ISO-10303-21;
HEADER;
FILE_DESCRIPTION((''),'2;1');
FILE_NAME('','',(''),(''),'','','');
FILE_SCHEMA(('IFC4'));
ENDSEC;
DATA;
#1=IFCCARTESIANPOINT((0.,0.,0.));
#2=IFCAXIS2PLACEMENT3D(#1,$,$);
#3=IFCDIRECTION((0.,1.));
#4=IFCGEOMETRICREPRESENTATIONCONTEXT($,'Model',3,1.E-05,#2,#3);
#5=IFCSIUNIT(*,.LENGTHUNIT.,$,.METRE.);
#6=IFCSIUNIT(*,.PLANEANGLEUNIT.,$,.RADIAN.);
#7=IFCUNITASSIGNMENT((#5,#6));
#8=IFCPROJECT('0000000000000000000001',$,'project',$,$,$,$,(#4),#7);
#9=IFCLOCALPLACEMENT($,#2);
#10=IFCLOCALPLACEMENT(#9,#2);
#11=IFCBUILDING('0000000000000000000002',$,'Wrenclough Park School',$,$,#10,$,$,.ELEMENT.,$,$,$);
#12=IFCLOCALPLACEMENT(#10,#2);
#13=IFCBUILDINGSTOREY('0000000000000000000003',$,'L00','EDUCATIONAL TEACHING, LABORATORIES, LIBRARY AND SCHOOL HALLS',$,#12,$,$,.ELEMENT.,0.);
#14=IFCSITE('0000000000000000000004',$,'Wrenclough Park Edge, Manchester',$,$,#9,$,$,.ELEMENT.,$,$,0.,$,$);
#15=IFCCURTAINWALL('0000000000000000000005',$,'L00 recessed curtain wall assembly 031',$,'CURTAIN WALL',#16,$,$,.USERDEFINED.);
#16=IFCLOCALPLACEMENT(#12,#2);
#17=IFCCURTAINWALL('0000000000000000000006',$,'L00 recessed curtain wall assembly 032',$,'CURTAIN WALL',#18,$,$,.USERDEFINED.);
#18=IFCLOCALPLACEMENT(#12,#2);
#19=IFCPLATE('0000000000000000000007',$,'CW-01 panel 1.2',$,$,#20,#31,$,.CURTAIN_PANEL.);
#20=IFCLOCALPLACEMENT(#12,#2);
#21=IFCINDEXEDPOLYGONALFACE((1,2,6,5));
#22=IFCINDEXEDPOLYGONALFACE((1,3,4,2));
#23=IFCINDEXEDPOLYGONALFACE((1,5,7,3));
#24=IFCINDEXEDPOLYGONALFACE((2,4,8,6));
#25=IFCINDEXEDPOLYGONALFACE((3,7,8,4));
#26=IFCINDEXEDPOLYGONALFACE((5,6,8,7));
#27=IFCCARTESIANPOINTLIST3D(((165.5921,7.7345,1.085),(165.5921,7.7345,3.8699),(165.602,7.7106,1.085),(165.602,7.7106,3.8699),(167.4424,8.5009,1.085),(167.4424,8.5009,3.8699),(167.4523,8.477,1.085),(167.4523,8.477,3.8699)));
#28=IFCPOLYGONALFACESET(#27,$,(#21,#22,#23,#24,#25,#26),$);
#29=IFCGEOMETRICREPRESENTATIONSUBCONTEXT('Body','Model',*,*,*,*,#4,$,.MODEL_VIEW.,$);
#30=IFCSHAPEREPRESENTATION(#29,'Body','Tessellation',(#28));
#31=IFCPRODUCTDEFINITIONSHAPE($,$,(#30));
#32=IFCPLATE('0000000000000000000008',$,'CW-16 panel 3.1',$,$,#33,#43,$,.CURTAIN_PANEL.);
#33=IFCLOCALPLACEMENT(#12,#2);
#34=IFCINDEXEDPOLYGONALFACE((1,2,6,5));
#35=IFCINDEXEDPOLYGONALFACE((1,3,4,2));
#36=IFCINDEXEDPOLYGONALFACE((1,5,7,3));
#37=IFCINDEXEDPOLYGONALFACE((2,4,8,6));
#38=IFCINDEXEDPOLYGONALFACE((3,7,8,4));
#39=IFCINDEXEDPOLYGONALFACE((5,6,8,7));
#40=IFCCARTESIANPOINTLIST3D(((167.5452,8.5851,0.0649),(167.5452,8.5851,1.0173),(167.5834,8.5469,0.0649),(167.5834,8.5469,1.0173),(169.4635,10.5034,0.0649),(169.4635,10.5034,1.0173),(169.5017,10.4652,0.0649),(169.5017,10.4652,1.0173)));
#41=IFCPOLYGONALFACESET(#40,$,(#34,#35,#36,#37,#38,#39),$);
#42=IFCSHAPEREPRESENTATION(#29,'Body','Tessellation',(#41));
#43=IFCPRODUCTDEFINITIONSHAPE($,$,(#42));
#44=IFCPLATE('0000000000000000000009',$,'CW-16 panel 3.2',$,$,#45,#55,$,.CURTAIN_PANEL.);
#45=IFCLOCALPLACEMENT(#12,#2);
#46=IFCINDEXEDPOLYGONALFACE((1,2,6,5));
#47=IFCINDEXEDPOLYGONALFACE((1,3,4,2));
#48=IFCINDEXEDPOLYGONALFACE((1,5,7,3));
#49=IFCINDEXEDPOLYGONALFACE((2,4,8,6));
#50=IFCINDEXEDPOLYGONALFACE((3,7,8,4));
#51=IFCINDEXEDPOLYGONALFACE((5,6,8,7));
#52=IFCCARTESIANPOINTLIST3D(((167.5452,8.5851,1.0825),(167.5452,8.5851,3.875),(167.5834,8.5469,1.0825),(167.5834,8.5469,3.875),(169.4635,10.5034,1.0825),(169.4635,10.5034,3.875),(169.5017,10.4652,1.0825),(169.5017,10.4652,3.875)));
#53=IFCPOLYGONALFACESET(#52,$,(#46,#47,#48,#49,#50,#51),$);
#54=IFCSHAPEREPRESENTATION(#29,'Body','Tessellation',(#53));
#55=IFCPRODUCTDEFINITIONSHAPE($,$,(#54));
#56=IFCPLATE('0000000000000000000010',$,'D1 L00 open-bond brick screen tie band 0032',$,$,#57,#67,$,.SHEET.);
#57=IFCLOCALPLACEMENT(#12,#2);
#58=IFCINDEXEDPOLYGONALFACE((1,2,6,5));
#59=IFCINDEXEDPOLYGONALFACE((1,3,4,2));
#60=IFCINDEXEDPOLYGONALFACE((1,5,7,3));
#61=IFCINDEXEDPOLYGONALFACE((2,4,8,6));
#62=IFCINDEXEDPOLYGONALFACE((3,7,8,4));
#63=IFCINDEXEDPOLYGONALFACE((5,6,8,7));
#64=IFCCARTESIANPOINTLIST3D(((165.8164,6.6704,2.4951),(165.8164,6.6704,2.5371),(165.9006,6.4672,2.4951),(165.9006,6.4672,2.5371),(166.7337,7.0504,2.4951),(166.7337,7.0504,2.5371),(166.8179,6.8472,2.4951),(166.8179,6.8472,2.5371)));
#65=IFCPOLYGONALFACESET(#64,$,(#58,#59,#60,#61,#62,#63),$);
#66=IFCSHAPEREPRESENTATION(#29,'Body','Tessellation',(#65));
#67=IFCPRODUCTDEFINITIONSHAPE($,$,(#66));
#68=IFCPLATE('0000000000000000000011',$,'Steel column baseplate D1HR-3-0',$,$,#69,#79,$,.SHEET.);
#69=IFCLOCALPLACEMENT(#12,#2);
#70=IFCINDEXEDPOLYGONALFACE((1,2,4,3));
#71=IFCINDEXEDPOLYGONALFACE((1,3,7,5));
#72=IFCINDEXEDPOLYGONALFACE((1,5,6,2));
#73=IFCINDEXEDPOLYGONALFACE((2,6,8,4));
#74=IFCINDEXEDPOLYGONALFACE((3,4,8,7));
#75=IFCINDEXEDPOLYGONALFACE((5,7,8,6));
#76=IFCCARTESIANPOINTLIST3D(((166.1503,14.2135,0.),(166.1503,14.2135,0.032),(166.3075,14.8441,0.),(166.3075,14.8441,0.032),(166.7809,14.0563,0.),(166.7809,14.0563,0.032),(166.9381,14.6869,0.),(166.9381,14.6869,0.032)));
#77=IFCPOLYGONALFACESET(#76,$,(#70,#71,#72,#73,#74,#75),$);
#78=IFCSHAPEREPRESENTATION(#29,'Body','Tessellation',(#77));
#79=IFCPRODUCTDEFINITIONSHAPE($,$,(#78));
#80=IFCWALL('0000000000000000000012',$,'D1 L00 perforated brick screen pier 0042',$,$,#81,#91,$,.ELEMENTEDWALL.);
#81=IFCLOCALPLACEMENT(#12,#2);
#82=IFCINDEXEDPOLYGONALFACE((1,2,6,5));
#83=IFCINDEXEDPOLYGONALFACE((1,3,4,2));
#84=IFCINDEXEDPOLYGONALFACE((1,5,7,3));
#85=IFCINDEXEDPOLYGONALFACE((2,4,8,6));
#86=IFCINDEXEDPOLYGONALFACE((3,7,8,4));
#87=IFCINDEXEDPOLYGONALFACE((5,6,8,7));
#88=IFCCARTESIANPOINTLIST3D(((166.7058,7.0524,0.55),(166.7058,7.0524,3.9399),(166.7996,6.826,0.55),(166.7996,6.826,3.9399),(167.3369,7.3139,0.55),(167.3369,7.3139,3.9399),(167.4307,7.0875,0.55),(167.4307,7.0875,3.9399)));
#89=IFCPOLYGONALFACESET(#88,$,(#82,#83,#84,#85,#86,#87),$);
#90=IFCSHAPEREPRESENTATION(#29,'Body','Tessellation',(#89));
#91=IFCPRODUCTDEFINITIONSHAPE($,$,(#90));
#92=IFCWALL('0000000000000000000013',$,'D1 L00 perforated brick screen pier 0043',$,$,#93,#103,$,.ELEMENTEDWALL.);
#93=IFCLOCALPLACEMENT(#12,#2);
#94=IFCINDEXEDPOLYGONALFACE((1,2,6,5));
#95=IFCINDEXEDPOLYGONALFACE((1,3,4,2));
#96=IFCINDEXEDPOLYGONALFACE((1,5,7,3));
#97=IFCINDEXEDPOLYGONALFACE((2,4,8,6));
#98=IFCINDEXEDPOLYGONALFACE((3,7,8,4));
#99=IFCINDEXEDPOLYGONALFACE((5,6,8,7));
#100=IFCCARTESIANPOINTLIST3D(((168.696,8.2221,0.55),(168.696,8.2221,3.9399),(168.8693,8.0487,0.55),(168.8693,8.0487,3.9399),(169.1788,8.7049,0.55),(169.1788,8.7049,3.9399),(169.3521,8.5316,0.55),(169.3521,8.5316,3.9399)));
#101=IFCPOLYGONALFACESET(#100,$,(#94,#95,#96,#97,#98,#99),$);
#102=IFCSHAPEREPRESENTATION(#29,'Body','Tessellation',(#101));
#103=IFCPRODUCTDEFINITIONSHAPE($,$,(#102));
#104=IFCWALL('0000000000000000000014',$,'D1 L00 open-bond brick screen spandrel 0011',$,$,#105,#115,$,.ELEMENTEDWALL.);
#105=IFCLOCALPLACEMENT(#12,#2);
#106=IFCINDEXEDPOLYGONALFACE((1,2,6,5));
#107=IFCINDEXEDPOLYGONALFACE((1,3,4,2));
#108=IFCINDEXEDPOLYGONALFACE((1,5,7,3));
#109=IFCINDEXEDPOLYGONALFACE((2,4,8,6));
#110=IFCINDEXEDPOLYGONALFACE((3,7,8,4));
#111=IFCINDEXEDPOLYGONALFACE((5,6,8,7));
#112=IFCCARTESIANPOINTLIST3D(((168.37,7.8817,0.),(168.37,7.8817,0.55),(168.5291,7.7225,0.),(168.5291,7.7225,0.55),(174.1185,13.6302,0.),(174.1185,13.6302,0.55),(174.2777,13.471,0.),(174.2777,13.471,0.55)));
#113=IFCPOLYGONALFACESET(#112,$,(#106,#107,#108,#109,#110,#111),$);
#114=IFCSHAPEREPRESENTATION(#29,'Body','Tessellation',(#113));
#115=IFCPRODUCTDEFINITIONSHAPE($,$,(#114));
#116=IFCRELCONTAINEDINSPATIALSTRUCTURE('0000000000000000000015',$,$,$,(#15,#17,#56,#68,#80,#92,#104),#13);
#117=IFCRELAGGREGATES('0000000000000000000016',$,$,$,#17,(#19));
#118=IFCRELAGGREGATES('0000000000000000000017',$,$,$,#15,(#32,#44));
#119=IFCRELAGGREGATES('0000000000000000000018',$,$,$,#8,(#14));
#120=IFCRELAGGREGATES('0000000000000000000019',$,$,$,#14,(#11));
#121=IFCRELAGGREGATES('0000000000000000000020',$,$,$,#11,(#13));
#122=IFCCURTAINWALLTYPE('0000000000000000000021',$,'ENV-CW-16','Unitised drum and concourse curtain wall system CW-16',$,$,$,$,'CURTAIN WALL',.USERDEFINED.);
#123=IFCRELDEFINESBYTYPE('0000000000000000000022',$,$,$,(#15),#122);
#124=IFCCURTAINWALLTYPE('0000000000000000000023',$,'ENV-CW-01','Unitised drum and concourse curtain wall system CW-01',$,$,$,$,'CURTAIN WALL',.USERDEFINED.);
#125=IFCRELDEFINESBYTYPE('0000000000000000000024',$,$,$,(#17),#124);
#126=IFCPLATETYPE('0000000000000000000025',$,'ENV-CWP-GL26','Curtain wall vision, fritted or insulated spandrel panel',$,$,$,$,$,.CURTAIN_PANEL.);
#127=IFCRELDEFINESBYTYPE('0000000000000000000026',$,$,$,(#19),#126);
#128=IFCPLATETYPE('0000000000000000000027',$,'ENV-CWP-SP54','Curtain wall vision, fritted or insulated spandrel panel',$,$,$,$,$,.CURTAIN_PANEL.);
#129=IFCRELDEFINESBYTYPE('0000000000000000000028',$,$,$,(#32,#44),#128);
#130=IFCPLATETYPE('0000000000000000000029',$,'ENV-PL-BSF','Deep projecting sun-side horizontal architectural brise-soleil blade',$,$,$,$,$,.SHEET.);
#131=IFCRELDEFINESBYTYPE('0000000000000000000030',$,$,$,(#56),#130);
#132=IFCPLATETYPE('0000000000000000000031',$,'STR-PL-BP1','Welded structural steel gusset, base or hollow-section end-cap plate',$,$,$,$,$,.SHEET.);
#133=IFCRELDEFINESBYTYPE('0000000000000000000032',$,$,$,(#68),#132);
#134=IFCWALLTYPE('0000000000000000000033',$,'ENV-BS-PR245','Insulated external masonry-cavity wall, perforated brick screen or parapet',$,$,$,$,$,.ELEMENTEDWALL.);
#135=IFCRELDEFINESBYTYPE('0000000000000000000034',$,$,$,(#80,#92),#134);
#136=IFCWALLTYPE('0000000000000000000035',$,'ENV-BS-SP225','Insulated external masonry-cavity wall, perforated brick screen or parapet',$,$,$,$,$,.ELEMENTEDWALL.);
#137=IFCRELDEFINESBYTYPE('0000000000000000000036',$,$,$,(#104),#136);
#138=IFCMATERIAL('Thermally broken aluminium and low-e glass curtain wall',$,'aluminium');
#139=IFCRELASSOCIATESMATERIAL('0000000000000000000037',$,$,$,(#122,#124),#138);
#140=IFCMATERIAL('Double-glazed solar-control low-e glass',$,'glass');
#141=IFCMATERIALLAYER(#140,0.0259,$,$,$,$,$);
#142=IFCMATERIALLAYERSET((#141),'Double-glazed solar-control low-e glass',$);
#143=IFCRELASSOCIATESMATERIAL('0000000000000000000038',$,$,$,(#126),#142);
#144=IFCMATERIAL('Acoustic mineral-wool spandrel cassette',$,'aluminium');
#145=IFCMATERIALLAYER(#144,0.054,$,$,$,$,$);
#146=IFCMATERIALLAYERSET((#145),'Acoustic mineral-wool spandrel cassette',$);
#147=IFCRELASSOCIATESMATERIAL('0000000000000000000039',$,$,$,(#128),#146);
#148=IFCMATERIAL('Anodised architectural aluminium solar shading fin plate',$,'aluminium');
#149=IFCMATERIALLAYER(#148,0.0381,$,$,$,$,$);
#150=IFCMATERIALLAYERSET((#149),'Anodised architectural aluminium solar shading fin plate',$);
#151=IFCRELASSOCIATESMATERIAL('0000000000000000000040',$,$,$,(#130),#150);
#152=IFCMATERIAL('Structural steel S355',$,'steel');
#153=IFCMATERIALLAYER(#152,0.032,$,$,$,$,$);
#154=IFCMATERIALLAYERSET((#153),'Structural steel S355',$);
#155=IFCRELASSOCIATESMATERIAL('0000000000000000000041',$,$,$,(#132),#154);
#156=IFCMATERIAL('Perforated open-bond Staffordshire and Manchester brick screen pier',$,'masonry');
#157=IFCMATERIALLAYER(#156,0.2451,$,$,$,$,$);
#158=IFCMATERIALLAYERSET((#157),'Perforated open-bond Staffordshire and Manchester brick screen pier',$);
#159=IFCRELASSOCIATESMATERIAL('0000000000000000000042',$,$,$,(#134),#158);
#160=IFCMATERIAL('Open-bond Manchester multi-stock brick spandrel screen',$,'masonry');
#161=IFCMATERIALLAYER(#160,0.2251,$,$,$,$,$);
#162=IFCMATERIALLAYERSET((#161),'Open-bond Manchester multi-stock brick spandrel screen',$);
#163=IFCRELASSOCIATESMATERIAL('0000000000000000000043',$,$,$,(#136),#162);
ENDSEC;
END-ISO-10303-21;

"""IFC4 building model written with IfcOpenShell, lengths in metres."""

from ifc_helpers import new_model, si_unit, direction, frame, frame_2d, origin, origin_2d, place, context, subcontext, project, spatial, rectangle, extrude, material, layer, layer_set, type_object, element, aggregate, save


model = new_model("IFC4")

# Units and contexts
model_context = context("Model", 3, precision=1e-05, world=origin(), true_north=direction((0.0, 1.0)))
body_context = subcontext(model_context, "Body", "Model", "MODEL_VIEW")
ifc_project = project(units=[si_unit("LENGTHUNIT", "METRE"), si_unit("PLANEANGLEUNIT", "RADIAN")], contexts=[model_context])

# Site, building, storey
site_placement = place(None, origin())
site = spatial("IfcSite", under=ifc_project, at=site_placement, Name="Wrenclough Park Edge, Manchester", CompositionType="ELEMENT", RefElevation=0.0)
building_placement = place(site_placement, origin())
building = spatial("IfcBuilding", under=site, at=building_placement, Name="Wrenclough Park School", CompositionType="ELEMENT")
storey_placement = place(building_placement, origin())
storey = spatial("IfcBuildingStorey", under=building, at=storey_placement, Name="L00", Description="EDUCATIONAL TEACHING, LABORATORIES, LIBRARY AND SCHOOL HALLS", CompositionType="ELEMENT", Elevation=0.0)

# Shared definitions
ifc_material_1 = material(Name="Structural steel S355", Category="steel")

# Curtain wall
ifc_material_2 = material(Name="Thermally broken aluminium and low-e glass curtain wall", Category="aluminium")
curtain_wall_type_1 = type_object("IfcCurtainWallType", Name="ENV-CW-16", Description="Unitised drum and concourse curtain wall system CW-16", ElementType="CURTAIN WALL", PredefinedType="USERDEFINED", material=ifc_material_2)
curtain_wall_1_placement = place(storey_placement, origin())
curtain_wall_1 = element("IfcCurtainWall", 1, at=curtain_wall_1_placement, inside=storey, type_object=curtain_wall_type_1, Name="L00 recessed curtain wall assembly 031", ObjectType="CURTAIN WALL", PredefinedType="USERDEFINED")

# Curtain wall
curtain_wall_type_2 = type_object("IfcCurtainWallType", Name="ENV-CW-01", Description="Unitised drum and concourse curtain wall system CW-01", ElementType="CURTAIN WALL", PredefinedType="USERDEFINED", material=ifc_material_2)
curtain_wall_2_placement = place(storey_placement, origin())
curtain_wall_2 = element("IfcCurtainWall", 2, at=curtain_wall_2_placement, inside=storey, type_object=curtain_wall_type_2, Name="L00 recessed curtain wall assembly 032", ObjectType="CURTAIN WALL", PredefinedType="USERDEFINED")

# Plates
ifc_material_3 = material(Name="Double-glazed solar-control low-e glass", Category="glass")
ifc_layer_1 = layer(ifc_material_3, 0.0259)
ifc_layer_set_1 = layer_set([ifc_layer_1], Name="Double-glazed solar-control low-e glass")
plate_type_1 = type_object("IfcPlateType", Name="ENV-CWP-GL26", Description="Curtain wall vision, fritted or insulated spandrel panel", PredefinedType="CURTAIN_PANEL", material=ifc_layer_set_1)
plate_1_placement = place(storey_placement, frame((166.5222, 8.1057, 1.085), z_axis=(0.0, 0.0, 1.0), x_axis=(-0.923878, -0.382687, 0.0)))
plate_1 = element("IfcPlate", 3, at=plate_1_placement, type_object=plate_type_1, Name="CW-01 panel 1.2", PredefinedType="CURTAIN_PANEL", context=body_context, shape_type="SweptSolid", body=[
    extrude(rectangle(XDim=2.0027, YDim=0.0259, at=origin_2d()), origin(), (0.0, 0.0, 1.0), 2.7849),
])
aggregate(curtain_wall_2, [plate_1])
ifc_material_4 = material(Name="Acoustic mineral-wool spandrel cassette", Category="aluminium")
ifc_layer_2 = layer(ifc_material_4, 0.054)
ifc_layer_set_2 = layer_set([ifc_layer_2], Name="Acoustic mineral-wool spandrel cassette")
plate_type_2 = type_object("IfcPlateType", Name="ENV-CWP-SP54", Description="Curtain wall vision, fritted or insulated spandrel panel", PredefinedType="CURTAIN_PANEL", material=ifc_layer_set_2)
plate_2_placement = place(storey_placement, frame((168.5234, 9.5251, 0.0649), z_axis=(0.0, 0.0, 1.0), x_axis=(-0.707107, -0.707107, 0.0)))
plate_2 = element("IfcPlate", 4, at=plate_2_placement, type_object=plate_type_2, Name="CW-16 panel 3.1", PredefinedType="CURTAIN_PANEL", context=body_context, shape_type="SweptSolid", body=[
    extrude(rectangle(XDim=2.7129, YDim=0.054, at=origin_2d()), origin(), (0.0, 0.0, 1.0), 0.9524),
])
plate_3_placement = place(storey_placement, frame((168.5234, 9.5251, 1.0825), z_axis=(0.0, 0.0, 1.0), x_axis=(-0.707107, -0.707107, 0.0)))
plate_3 = element("IfcPlate", 5, at=plate_3_placement, type_object=plate_type_2, Name="CW-16 panel 3.2", PredefinedType="CURTAIN_PANEL", context=body_context, shape_type="SweptSolid", body=[
    extrude(rectangle(XDim=2.7129, YDim=0.054, at=origin_2d()), origin(), (0.0, 0.0, 1.0), 2.7925),
])
aggregate(curtain_wall_1, [plate_2, plate_3])

# Plates
ifc_material_5 = material(Name="Anodised architectural aluminium solar shading fin plate", Category="aluminium")
ifc_layer_3 = layer(ifc_material_5, 0.0381)
ifc_layer_set_3 = layer_set([ifc_layer_3], Name="Anodised architectural aluminium solar shading fin plate")
plate_type_3 = type_object("IfcPlateType", Name="ENV-PL-BSF", Description="Deep projecting sun-side horizontal architectural brise-soleil blade", PredefinedType="SHEET", material=ifc_layer_set_3)
plate_4_placement = place(storey_placement, frame((166.3171, 6.7588, 2.4951), z_axis=(0.0, 0.0, 1.0), x_axis=(0.923876, 0.382692, 0.0)))
element("IfcPlate", 6, at=plate_4_placement, inside=storey, type_object=plate_type_3, Name="D1 L00 open-bond brick screen tie band 0032", PredefinedType="SHEET", context=body_context, shape_type="SweptSolid", body=[
    extrude(rectangle(XDim=0.9929, YDim=0.22, at=origin_2d()), origin(), (0.0, 0.0, 1.0), 0.042),
])
ifc_layer_4 = layer(ifc_material_1, 0.032)
ifc_layer_set_4 = layer_set([ifc_layer_4], Name="Structural steel S355")
plate_type_4 = type_object("IfcPlateType", Name="STR-PL-BP1", Description="Welded structural steel gusset, base or hollow-section end-cap plate", PredefinedType="SHEET", material=ifc_layer_set_4)
plate_5_placement = place(storey_placement, frame((166.5442, 14.4502, 0.0), z_axis=(0.0, 0.0, 1.0), x_axis=(0.970296, -0.241922, 0.0)))
element("IfcPlate", 7, at=plate_5_placement, inside=storey, type_object=plate_type_4, Name="Steel column baseplate D1HR-3-0", PredefinedType="SHEET", context=body_context, shape_type="SweptSolid", body=[
    extrude(rectangle(XDim=0.6499, YDim=0.6499, at=origin_2d()), origin(), (0.0, 0.0, 1.0), 0.032),
])

# Walls
ifc_material_6 = material(Name="Perforated open-bond Staffordshire and Manchester brick screen pier", Category="masonry")
ifc_layer_5 = layer(ifc_material_6, 0.2451)
ifc_layer_set_5 = layer_set([ifc_layer_5], Name="Perforated open-bond Staffordshire and Manchester brick screen pier")
wall_type_1 = type_object("IfcWallType", Name="ENV-BS-PR245", Description="Insulated external masonry-cavity wall, perforated brick screen or parapet", PredefinedType="ELEMENTEDWALL", material=ifc_layer_set_5)
wall_1_placement = place(storey_placement, frame((166.7527, 6.9392, 0.55), z_axis=(0.0, 0.0, 1.0), x_axis=(0.923847, 0.382762, 0.0)))
element("IfcWall", 8, at=wall_1_placement, inside=storey, type_object=wall_type_1, Name="D1 L00 perforated brick screen pier 0042", PredefinedType="ELEMENTEDWALL", context=body_context, shape_type="SweptSolid", body=[
    extrude(rectangle(XDim=0.6831, YDim=0.2451, at=frame_2d((0.3416, 0.0))), origin(), (0.0, 0.0, 1.0), 3.3899),
])
wall_2_placement = place(storey_placement, frame((168.7827, 8.1355, 0.55), z_axis=(0.0, 0.0, 1.0), x_axis=(0.707107, 0.707107, 0.0)))
element("IfcWall", 9, at=wall_2_placement, inside=storey, type_object=wall_type_1, Name="D1 L00 perforated brick screen pier 0043", PredefinedType="ELEMENTEDWALL", context=body_context, shape_type="SweptSolid", body=[
    extrude(rectangle(XDim=0.6829, YDim=0.2451, at=frame_2d((0.3413, 0.0))), origin(), (0.0, 0.0, 1.0), 3.3899),
])
ifc_material_7 = material(Name="Open-bond Manchester multi-stock brick spandrel screen", Category="masonry")
ifc_layer_6 = layer(ifc_material_7, 0.2251)
ifc_layer_set_6 = layer_set([ifc_layer_6], Name="Open-bond Manchester multi-stock brick spandrel screen")
wall_type_2 = type_object("IfcWallType", Name="ENV-BS-SP225", Description="Insulated external masonry-cavity wall, perforated brick screen or parapet", PredefinedType="ELEMENTEDWALL", material=ifc_layer_set_6)
wall_3_placement = place(storey_placement, frame((168.4495, 7.802, 0.0), z_axis=(0.0, 0.0, 1.0), x_axis=(0.707107, 0.707107, 0.0)))
element("IfcWall", 10, at=wall_3_placement, inside=storey, type_object=wall_type_2, Name="D1 L00 open-bond brick screen spandrel 0011", PredefinedType="ELEMENTEDWALL", context=body_context, shape_type="SweptSolid", body=[
    extrude(rectangle(XDim=8.1296, YDim=0.2251, at=frame_2d((4.0649, 0.0))), origin(), (0.0, 0.0, 1.0), 0.55),
])

save(model, "model.ifc")
